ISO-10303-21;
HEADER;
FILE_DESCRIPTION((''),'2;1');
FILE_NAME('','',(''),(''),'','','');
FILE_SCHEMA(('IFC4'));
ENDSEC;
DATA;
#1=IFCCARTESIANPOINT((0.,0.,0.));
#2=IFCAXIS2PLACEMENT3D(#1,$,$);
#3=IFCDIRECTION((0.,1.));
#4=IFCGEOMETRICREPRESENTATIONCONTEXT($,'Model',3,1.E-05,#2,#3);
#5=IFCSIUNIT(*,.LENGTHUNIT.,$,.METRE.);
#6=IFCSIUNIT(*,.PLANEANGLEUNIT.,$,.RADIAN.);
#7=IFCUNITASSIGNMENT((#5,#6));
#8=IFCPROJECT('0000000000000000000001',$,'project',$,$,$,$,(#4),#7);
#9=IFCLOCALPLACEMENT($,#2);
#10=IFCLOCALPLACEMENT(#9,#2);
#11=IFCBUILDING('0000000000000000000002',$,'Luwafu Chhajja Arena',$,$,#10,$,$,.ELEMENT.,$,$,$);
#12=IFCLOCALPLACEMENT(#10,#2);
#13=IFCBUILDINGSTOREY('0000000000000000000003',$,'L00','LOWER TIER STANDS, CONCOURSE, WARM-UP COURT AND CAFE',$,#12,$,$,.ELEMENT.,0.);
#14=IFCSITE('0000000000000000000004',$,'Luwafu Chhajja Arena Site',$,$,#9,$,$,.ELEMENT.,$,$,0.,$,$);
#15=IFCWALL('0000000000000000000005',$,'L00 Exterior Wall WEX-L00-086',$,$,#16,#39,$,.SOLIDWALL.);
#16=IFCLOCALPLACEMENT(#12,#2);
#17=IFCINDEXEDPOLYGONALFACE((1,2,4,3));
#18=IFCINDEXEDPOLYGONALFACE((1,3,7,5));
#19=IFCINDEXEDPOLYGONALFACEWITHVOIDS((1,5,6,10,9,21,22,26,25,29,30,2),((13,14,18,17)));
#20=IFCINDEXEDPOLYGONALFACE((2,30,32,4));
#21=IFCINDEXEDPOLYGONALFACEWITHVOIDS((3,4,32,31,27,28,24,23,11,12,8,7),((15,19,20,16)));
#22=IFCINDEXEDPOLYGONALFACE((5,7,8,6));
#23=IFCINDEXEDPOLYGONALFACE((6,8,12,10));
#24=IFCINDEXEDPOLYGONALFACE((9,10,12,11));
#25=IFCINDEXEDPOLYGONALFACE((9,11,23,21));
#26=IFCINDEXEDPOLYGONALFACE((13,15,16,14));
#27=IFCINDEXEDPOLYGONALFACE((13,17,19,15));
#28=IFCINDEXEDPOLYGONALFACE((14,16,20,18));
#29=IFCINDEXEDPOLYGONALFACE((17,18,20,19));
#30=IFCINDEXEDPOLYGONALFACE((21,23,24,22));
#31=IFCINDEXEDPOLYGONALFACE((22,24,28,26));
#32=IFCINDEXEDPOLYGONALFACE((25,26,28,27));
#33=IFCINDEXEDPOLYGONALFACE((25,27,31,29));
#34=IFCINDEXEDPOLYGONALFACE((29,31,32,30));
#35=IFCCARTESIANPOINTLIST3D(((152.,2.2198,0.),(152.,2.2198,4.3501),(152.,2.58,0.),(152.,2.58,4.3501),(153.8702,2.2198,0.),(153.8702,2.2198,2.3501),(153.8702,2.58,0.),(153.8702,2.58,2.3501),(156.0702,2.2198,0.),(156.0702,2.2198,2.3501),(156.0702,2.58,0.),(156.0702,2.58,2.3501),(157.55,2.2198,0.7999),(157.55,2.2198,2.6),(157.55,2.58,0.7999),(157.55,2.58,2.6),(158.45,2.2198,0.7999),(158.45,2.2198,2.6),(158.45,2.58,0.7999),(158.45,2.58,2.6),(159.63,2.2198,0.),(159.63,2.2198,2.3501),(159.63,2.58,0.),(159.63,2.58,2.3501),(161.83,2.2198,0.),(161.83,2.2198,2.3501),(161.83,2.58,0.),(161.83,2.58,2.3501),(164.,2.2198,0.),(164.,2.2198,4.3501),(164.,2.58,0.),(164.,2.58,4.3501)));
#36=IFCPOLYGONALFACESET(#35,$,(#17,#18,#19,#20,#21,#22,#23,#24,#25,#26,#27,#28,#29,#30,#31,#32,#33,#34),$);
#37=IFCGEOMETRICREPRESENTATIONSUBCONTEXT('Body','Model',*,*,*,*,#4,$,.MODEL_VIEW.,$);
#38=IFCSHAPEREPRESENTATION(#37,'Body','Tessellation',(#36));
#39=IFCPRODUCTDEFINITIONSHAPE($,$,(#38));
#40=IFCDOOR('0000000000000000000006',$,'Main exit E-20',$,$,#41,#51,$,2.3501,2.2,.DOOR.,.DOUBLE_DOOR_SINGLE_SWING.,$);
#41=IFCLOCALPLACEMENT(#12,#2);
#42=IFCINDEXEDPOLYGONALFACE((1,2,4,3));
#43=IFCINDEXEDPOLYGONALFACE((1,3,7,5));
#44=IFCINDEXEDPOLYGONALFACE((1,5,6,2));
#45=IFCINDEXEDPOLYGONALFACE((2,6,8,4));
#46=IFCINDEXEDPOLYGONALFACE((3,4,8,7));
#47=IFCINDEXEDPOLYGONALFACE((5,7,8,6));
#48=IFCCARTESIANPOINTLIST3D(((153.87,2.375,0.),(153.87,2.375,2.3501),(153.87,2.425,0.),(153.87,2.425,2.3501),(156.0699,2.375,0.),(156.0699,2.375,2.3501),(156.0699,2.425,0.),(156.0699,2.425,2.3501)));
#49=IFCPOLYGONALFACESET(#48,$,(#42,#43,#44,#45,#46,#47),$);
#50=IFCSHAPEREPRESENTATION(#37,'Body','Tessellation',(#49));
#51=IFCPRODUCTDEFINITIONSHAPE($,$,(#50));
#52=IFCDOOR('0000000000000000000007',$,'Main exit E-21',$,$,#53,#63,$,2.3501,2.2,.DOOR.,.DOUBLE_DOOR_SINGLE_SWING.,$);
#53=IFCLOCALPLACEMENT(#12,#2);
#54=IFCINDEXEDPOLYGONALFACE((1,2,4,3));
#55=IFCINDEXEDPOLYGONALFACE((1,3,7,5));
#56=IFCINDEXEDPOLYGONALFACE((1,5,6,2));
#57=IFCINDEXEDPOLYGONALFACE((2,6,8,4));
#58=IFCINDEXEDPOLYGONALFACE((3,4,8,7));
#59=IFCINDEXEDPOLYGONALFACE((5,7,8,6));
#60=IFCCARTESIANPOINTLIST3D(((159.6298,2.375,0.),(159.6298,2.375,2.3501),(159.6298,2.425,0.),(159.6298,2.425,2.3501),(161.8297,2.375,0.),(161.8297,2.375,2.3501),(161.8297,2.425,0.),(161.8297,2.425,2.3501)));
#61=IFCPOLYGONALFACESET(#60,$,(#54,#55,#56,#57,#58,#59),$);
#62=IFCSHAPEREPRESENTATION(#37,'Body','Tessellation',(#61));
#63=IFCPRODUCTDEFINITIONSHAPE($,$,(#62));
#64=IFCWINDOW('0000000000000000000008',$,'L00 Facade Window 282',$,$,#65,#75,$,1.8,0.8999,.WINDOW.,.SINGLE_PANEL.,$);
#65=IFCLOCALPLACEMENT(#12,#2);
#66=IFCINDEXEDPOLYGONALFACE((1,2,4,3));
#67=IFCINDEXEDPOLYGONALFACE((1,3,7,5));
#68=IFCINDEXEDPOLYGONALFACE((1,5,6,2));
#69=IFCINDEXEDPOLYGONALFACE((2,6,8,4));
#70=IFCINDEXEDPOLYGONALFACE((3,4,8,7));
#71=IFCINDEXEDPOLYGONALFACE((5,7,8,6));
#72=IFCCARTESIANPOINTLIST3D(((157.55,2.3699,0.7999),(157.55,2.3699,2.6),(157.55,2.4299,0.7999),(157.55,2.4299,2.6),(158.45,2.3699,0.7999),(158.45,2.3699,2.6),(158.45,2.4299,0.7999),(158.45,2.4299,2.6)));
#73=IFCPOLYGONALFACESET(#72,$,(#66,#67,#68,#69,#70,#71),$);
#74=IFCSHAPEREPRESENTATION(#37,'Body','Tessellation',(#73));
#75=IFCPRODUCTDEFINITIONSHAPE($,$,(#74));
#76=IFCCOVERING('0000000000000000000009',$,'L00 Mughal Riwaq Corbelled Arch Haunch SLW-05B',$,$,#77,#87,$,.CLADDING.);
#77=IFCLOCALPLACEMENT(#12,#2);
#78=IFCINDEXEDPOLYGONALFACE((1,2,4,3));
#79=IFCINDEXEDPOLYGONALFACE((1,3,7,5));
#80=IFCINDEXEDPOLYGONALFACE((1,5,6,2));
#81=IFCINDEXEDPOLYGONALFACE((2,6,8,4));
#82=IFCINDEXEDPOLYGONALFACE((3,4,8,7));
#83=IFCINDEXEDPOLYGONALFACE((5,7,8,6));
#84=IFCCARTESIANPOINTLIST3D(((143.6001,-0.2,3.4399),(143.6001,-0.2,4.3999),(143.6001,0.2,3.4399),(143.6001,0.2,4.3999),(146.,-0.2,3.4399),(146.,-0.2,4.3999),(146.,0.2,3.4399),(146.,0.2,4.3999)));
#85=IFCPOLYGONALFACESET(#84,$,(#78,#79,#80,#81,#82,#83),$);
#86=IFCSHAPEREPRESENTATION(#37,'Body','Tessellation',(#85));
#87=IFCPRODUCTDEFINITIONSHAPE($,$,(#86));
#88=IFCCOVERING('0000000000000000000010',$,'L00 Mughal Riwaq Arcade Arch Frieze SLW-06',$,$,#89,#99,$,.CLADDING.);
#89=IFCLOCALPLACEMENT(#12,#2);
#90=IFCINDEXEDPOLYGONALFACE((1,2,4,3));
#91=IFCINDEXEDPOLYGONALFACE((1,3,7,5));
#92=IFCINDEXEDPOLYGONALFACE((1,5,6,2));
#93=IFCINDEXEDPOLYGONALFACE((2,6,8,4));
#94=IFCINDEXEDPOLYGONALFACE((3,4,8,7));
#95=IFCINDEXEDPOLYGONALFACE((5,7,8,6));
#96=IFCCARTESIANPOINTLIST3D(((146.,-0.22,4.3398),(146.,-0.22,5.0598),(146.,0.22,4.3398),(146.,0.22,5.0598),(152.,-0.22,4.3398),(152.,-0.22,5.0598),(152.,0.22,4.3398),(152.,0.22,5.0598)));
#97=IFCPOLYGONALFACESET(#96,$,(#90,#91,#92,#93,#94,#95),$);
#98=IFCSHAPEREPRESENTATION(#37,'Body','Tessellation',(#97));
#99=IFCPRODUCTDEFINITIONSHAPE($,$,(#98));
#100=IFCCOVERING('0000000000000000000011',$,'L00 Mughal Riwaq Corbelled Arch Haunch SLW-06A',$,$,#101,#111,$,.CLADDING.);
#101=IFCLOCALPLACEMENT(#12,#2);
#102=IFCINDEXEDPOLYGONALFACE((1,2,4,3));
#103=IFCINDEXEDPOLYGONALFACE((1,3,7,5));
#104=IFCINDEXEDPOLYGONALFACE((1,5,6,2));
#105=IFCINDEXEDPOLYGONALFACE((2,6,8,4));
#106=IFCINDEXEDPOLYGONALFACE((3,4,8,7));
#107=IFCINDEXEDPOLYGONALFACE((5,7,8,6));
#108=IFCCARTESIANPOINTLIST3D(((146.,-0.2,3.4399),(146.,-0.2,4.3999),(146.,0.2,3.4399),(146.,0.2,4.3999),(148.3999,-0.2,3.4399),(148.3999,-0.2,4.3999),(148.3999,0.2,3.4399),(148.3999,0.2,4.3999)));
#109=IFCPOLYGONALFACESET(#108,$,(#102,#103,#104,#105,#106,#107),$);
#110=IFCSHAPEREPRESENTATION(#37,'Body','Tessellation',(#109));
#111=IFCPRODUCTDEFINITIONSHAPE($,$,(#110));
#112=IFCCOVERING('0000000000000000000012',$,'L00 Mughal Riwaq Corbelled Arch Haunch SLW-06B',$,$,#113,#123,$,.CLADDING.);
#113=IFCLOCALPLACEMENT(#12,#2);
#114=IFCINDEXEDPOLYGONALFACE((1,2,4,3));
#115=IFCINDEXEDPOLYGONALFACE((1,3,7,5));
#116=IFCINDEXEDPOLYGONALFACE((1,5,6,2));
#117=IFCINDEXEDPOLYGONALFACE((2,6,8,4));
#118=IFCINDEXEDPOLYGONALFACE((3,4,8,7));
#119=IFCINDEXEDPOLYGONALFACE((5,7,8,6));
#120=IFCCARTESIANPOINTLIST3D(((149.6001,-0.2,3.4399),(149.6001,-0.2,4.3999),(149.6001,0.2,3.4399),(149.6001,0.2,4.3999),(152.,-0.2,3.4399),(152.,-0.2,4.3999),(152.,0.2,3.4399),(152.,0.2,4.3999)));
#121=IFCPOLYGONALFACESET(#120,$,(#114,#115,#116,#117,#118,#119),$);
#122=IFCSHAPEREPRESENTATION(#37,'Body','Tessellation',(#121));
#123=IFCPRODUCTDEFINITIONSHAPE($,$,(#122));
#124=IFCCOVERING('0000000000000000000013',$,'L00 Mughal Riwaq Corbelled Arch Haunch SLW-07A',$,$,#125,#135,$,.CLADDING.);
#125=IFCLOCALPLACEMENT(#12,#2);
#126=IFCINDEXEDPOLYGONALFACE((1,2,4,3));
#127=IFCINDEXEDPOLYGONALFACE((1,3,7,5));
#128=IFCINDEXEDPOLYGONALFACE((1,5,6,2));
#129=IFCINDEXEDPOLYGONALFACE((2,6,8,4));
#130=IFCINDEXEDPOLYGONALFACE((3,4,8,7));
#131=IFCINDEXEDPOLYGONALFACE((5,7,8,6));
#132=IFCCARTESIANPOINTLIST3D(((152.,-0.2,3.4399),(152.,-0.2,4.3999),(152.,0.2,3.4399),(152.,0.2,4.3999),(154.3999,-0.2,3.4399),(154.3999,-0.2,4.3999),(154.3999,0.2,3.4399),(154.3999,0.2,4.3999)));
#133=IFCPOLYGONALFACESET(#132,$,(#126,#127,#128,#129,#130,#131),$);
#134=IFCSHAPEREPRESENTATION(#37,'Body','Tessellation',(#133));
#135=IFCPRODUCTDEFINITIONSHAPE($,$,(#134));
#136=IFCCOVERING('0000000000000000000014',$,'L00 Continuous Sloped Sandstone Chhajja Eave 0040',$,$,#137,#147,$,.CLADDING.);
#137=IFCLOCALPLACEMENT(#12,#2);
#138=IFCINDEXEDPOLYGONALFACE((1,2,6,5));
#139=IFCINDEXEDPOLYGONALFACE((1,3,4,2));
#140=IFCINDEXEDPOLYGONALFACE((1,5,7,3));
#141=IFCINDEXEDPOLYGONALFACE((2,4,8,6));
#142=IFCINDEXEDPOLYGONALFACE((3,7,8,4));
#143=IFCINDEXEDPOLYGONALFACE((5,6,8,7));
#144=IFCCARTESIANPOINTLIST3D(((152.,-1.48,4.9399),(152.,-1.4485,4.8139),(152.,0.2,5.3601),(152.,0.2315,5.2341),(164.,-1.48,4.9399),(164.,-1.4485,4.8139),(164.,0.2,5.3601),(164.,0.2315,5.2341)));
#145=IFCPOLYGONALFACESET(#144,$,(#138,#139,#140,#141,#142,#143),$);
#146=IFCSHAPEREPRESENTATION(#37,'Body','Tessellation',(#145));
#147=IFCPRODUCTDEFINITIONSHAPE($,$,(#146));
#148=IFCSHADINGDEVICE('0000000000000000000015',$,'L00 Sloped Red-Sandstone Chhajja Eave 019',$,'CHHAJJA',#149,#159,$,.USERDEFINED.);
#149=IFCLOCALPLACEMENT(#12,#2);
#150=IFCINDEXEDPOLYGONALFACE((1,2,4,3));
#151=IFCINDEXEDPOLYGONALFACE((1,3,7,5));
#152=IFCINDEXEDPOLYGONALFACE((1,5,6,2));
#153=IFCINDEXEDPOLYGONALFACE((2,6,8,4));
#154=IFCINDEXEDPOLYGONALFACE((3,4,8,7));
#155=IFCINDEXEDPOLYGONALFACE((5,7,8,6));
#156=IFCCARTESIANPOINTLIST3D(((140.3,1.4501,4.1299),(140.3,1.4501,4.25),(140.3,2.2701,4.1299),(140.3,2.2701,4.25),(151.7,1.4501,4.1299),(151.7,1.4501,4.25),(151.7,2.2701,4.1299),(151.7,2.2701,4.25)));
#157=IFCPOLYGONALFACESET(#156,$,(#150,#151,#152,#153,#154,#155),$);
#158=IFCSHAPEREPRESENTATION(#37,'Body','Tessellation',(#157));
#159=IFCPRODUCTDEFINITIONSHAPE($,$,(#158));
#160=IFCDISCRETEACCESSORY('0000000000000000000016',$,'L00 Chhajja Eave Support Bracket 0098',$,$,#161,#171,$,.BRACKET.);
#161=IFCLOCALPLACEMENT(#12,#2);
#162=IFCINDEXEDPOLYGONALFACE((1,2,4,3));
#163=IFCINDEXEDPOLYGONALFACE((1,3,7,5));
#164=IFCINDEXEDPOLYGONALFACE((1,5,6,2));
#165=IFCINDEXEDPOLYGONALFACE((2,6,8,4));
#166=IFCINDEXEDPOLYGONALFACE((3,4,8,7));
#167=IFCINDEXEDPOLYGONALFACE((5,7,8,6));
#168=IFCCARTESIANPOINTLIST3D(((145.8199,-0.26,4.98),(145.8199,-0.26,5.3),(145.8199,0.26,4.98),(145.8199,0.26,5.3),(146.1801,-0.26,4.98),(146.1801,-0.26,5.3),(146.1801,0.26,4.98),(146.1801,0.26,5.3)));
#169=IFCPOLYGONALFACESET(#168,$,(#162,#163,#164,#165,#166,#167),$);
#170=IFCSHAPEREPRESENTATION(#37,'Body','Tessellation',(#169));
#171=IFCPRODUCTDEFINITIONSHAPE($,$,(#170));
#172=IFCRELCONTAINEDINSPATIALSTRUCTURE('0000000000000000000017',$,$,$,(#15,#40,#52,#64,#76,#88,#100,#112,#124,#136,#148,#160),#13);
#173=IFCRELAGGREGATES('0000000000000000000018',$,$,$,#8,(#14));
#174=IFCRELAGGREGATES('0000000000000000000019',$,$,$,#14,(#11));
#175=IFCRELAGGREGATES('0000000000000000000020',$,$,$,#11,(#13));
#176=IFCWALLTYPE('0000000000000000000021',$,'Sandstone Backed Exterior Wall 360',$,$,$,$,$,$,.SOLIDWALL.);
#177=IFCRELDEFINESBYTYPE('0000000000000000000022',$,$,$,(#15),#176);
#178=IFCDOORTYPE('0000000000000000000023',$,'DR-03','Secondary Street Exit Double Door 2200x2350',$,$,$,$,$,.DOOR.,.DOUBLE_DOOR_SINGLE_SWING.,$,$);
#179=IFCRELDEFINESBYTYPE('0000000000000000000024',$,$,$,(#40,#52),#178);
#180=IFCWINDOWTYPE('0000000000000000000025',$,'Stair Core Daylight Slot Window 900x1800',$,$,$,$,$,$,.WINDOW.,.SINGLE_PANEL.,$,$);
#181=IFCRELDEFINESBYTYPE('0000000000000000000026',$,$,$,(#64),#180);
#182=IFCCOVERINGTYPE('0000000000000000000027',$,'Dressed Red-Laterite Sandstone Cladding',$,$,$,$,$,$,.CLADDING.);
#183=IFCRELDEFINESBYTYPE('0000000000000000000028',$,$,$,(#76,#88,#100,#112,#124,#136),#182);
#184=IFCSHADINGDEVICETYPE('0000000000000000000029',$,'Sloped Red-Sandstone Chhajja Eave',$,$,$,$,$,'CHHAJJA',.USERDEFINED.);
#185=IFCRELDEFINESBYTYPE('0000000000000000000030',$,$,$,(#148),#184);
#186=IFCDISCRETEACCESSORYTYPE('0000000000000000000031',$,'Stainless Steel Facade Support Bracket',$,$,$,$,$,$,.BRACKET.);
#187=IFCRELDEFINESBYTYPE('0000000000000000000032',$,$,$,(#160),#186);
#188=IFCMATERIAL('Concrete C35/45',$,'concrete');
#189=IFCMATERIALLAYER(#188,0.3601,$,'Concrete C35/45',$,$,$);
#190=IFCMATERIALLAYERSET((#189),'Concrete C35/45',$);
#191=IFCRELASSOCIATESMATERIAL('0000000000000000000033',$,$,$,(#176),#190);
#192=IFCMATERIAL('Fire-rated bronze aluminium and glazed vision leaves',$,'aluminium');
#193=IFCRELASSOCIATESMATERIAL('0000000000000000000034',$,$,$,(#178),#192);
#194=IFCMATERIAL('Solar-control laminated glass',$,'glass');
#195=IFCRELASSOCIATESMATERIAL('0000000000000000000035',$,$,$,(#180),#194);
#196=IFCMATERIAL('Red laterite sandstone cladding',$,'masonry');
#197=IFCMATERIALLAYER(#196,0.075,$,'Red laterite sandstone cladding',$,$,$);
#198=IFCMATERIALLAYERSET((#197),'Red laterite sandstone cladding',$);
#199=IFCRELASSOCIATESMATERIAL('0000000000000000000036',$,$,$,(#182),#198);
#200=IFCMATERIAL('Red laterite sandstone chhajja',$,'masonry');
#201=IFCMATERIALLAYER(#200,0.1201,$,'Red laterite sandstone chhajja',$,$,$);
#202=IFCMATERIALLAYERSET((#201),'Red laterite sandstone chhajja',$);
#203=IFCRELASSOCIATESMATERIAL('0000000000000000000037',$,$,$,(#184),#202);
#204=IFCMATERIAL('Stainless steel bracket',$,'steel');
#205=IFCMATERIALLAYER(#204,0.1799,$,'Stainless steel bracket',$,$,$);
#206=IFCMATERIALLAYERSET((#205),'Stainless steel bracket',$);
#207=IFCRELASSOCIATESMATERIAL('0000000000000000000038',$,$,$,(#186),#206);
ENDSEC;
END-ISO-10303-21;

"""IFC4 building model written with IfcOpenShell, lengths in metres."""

from ifc_helpers import new_model, si_unit, direction, frame, frame_2d, origin, origin_2d, place, context, subcontext, project, spatial, polyline, rectangle, outline, extrude, material, layer, layer_set, type_object, element, fill, save


model = new_model("IFC4")

# Units and contexts
model_context = context("Model", 3, precision=1e-05, world=origin(), true_north=direction((0.0, 1.0)))
body_context = subcontext(model_context, "Body", "Model", "MODEL_VIEW")
ifc_project = project(units=[si_unit("LENGTHUNIT", "METRE"), si_unit("PLANEANGLEUNIT", "RADIAN")], contexts=[model_context])

# Site, building, storey
site_placement = place(None, origin())
site = spatial("IfcSite", under=ifc_project, at=site_placement, Name="Luwafu Chhajja Arena Site", CompositionType="ELEMENT", RefElevation=0.0)
building_placement = place(site_placement, origin())
building = spatial("IfcBuilding", under=site, at=building_placement, Name="Luwafu Chhajja Arena", CompositionType="ELEMENT")
storey_placement = place(building_placement, origin())
storey = spatial("IfcBuildingStorey", under=building, at=storey_placement, Name="L00", Description="LOWER TIER STANDS, CONCOURSE, WARM-UP COURT AND CAFE", CompositionType="ELEMENT", Elevation=0.0)

# Shared definitions
ifc_material_1 = material(Name="Concrete C35/45", Category="concrete")

# Wall, openings, doors, window
ifc_layer_1 = layer(ifc_material_1, 0.3601, Name="Concrete C35/45")
ifc_layer_set_1 = layer_set([ifc_layer_1], Name="Concrete C35/45")
wall_type_1 = type_object("IfcWallType", Name="Sandstone Backed Exterior Wall 360", PredefinedType="SOLIDWALL", material=ifc_layer_set_1)
wall_1_placement = place(storey_placement, frame((152.0, 2.3999, 0.0), z_axis=(0.0, 0.0, 1.0), x_axis=(1.0, 0.0, 0.0)))
wall_1 = element("IfcWall", 1, at=wall_1_placement, inside=storey, type_object=wall_type_1, Name="L00 Exterior Wall WEX-L00-086", PredefinedType="SOLIDWALL", context=body_context, shape_type="SweptSolid", body=[
    extrude(rectangle(XDim=12.0, YDim=0.3601, at=frame_2d((6.0, 0.0))), origin(), (0.0, 0.0, 1.0), 4.3501),
])
opening_1_placement = place(wall_1_placement, frame((1.8701, 0.0, 0.0)))
opening_1 = element("IfcOpeningElement", 2, at=opening_1_placement, cuts=wall_1, PredefinedType="OPENING", context=body_context, shape_type="SweptSolid", body=[
    extrude(rectangle(XDim=2.2, YDim=2.3501, at=frame_2d((1.1001, 1.175))), frame((0.0, 0.1899, 0.0), z_axis=(0.0, -1.0, 0.0), x_axis=(1.0, 0.0, 0.0)), (0.0, 0.0, 1.0), 0.3801),
])
opening_2_placement = place(wall_1_placement, frame((7.6299, 0.0, 0.0)))
opening_2 = element("IfcOpeningElement", 3, at=opening_2_placement, cuts=wall_1, PredefinedType="OPENING", context=body_context, shape_type="SweptSolid", body=[
    extrude(rectangle(XDim=2.2, YDim=2.3501, at=frame_2d((1.1001, 1.175))), frame((0.0, 0.1899, 0.0), z_axis=(0.0, -1.0, 0.0), x_axis=(1.0, 0.0, 0.0)), (0.0, 0.0, 1.0), 0.3801),
])
opening_3_placement = place(wall_1_placement, frame((5.55, 0.0, 0.8)))
opening_3 = element("IfcOpeningElement", 4, at=opening_3_placement, cuts=wall_1, PredefinedType="OPENING", context=body_context, shape_type="SweptSolid", body=[
    extrude(rectangle(XDim=0.8999, YDim=1.8, at=frame_2d((0.45, 0.8999))), frame((0.0, 0.1899, 0.0), z_axis=(0.0, -1.0, 0.0), x_axis=(1.0, 0.0, 0.0)), (0.0, 0.0, 1.0), 0.3801),
])
ifc_material_2 = material(Name="Fire-rated bronze aluminium and glazed vision leaves", Category="aluminium")
door_type_1 = type_object("IfcDoorType", Name="DR-03", Description="Secondary Street Exit Double Door 2200x2350", OperationType="DOUBLE_DOOR_SINGLE_SWING", PredefinedType="DOOR", material=ifc_material_2)
door_1_placement = place(opening_1_placement, frame((2.2, 0.0, 0.0), z_axis=(0.0, 0.0, 1.0), x_axis=(-1.0, 0.0, 0.0)))
door_1 = element("IfcDoor", 5, at=door_1_placement, inside=storey, type_object=door_type_1, Name="Main exit E-20", OperationType="DOUBLE_DOOR_SINGLE_SWING", OverallHeight=2.3501, OverallWidth=2.2, PredefinedType="DOOR", context=body_context, shape_type="SweptSolid", body=[
    extrude(rectangle(XDim=2.2, YDim=2.3501, at=frame_2d((1.1001, 1.175))), frame((0.0, 0.0249, 0.0), z_axis=(0.0, -1.0, 0.0), x_axis=(1.0, 0.0, 0.0)), (0.0, 0.0, 1.0), 0.05),
])
fill(opening_1, door_1)
door_2_placement = place(opening_2_placement, frame((2.2, 0.0, 0.0), z_axis=(0.0, 0.0, 1.0), x_axis=(-1.0, 0.0, 0.0)))
door_2 = element("IfcDoor", 6, at=door_2_placement, inside=storey, type_object=door_type_1, Name="Main exit E-21", OperationType="DOUBLE_DOOR_SINGLE_SWING", OverallHeight=2.3501, OverallWidth=2.2, PredefinedType="DOOR", context=body_context, shape_type="SweptSolid", body=[
    extrude(rectangle(XDim=2.2, YDim=2.3501, at=frame_2d((1.1001, 1.175))), frame((0.0, 0.0249, 0.0), z_axis=(0.0, -1.0, 0.0), x_axis=(1.0, 0.0, 0.0)), (0.0, 0.0, 1.0), 0.05),
])
fill(opening_2, door_2)
ifc_material_3 = material(Name="Solar-control laminated glass", Category="glass")
window_type = type_object("IfcWindowType", Name="Stair Core Daylight Slot Window 900x1800", PartitioningType="SINGLE_PANEL", PredefinedType="WINDOW", material=ifc_material_3)
window_placement = place(opening_3_placement, origin())
window = element("IfcWindow", 7, at=window_placement, inside=storey, type_object=window_type, Name="L00 Facade Window 282", OverallHeight=1.8, OverallWidth=0.8999, PartitioningType="SINGLE_PANEL", PredefinedType="WINDOW", context=body_context, shape_type="SweptSolid", body=[
    extrude(rectangle(XDim=0.8999, YDim=1.8, at=frame_2d((0.45, 0.8999))), frame((0.0, 0.03, 0.0), z_axis=(0.0, -1.0, 0.0), x_axis=(1.0, 0.0, 0.0)), (0.0, 0.0, 1.0), 0.0601),
])
fill(opening_3, window)

# Coverings
ifc_material_4 = material(Name="Red laterite sandstone cladding", Category="masonry")
ifc_layer_2 = layer(ifc_material_4, 0.075, Name="Red laterite sandstone cladding")
ifc_layer_set_2 = layer_set([ifc_layer_2], Name="Red laterite sandstone cladding")
covering_type = type_object("IfcCoveringType", Name="Dressed Red-Laterite Sandstone Cladding", PredefinedType="CLADDING", material=ifc_layer_set_2)
covering_1_placement = place(storey_placement, frame((144.8, 0.0, 3.4399), z_axis=(0.0, 0.0, 1.0), x_axis=(1.0, 0.0, 0.0)))
element("IfcCovering", 8, at=covering_1_placement, inside=storey, type_object=covering_type, Name="L00 Mughal Riwaq Corbelled Arch Haunch SLW-05B", PredefinedType="CLADDING", context=body_context, shape_type="SweptSolid", body=[
    extrude(rectangle(XDim=2.3999, YDim=0.3999, at=origin_2d()), origin(), (0.0, 0.0, 1.0), 0.96),
])
covering_2_placement = place(storey_placement, frame((149.0, 0.0, 4.3398), z_axis=(0.0, 0.0, 1.0), x_axis=(1.0, 0.0, 0.0)))
element("IfcCovering", 9, at=covering_2_placement, inside=storey, type_object=covering_type, Name="L00 Mughal Riwaq Arcade Arch Frieze SLW-06", PredefinedType="CLADDING", context=body_context, shape_type="SweptSolid", body=[
    extrude(rectangle(XDim=6.0, YDim=0.4399, at=origin_2d()), origin(), (0.0, 0.0, 1.0), 0.72),
])
for number, where, z_axis, x_axis, name in (
    (10, (147.2, 0.0, 3.4399), (0.0, 0.0, 1.0), (1.0, 0.0, 0.0), "L00 Mughal Riwaq Corbelled Arch Haunch SLW-06A"),
    (11, (150.8, 0.0, 3.4399), (0.0, 0.0, 1.0), (1.0, 0.0, 0.0), "L00 Mughal Riwaq Corbelled Arch Haunch SLW-06B"),
    (12, (153.2, 0.0, 3.4399), (0.0, 0.0, 1.0), (1.0, 0.0, 0.0), "L00 Mughal Riwaq Corbelled Arch Haunch SLW-07A"),
):
    element("IfcCovering", number, at=place(storey_placement, frame(where, z_axis=z_axis, x_axis=x_axis)), inside=storey, type_object=covering_type, Name=name, PredefinedType="CLADDING", context=body_context, shape_type="SweptSolid", body=[
        extrude(rectangle(XDim=2.3999, YDim=0.3999, at=origin_2d()), origin(), (0.0, 0.0, 1.0), 0.96),
    ])
covering_3_placement = place(storey_placement, frame((152.0, 0.2, 5.3601), z_axis=(0.0, -0.242635, 0.970118), x_axis=(1.0, 0.0, 0.0)))
element("IfcCovering", 13, at=covering_3_placement, inside=storey, type_object=covering_type, Name="L00 Continuous Sloped Sandstone Chhajja Eave 0040", PredefinedType="CLADDING", context=body_context, shape_type="SweptSolid", body=[
    extrude(outline(polyline([(0.0, 0.0), (12.0, 0.0), (12.0, -1.7317), (0.0, -1.7317), (0.0, 0.0)])), origin(), (0.0, 0.0, -1.0), 0.1299),
])

# Shading device
ifc_material_5 = material(Name="Red laterite sandstone chhajja", Category="masonry")
ifc_layer_3 = layer(ifc_material_5, 0.1201, Name="Red laterite sandstone chhajja")
ifc_layer_set_3 = layer_set([ifc_layer_3], Name="Red laterite sandstone chhajja")
shading_device_type = type_object("IfcShadingDeviceType", Name="Sloped Red-Sandstone Chhajja Eave", ElementType="CHHAJJA", PredefinedType="USERDEFINED", material=ifc_layer_set_3)
shading_device_placement = place(storey_placement, frame((146.0, 1.8601, 4.1299), z_axis=(0.0, 0.0, 1.0), x_axis=(1.0, 0.0, 0.0)))
element("IfcShadingDevice", 14, at=shading_device_placement, inside=storey, type_object=shading_device_type, Name="L00 Sloped Red-Sandstone Chhajja Eave 019", ObjectType="CHHAJJA", PredefinedType="USERDEFINED", context=body_context, shape_type="SweptSolid", body=[
    extrude(rectangle(XDim=11.3999, YDim=0.8201, at=origin_2d()), origin(), (0.0, 0.0, 1.0), 0.1201),
])

# Discrete accessory
ifc_material_6 = material(Name="Stainless steel bracket", Category="steel")
ifc_layer_4 = layer(ifc_material_6, 0.1799, Name="Stainless steel bracket")
ifc_layer_set_4 = layer_set([ifc_layer_4], Name="Stainless steel bracket")
discrete_accessory_type = type_object("IfcDiscreteAccessoryType", Name="Stainless Steel Facade Support Bracket", PredefinedType="BRACKET", material=ifc_layer_set_4)
discrete_accessory_placement = place(storey_placement, frame((146.0, 0.0, 4.98), z_axis=(0.0, 0.0, 1.0), x_axis=(1.0, 0.0, 0.0)))
element("IfcDiscreteAccessory", 15, at=discrete_accessory_placement, inside=storey, type_object=discrete_accessory_type, Name="L00 Chhajja Eave Support Bracket 0098", PredefinedType="BRACKET", context=body_context, shape_type="SweptSolid", body=[
    extrude(rectangle(XDim=0.3601, YDim=0.52, at=origin_2d()), origin(), (0.0, 0.0, 1.0), 0.3201),
])

save(model, "model.ifc")
